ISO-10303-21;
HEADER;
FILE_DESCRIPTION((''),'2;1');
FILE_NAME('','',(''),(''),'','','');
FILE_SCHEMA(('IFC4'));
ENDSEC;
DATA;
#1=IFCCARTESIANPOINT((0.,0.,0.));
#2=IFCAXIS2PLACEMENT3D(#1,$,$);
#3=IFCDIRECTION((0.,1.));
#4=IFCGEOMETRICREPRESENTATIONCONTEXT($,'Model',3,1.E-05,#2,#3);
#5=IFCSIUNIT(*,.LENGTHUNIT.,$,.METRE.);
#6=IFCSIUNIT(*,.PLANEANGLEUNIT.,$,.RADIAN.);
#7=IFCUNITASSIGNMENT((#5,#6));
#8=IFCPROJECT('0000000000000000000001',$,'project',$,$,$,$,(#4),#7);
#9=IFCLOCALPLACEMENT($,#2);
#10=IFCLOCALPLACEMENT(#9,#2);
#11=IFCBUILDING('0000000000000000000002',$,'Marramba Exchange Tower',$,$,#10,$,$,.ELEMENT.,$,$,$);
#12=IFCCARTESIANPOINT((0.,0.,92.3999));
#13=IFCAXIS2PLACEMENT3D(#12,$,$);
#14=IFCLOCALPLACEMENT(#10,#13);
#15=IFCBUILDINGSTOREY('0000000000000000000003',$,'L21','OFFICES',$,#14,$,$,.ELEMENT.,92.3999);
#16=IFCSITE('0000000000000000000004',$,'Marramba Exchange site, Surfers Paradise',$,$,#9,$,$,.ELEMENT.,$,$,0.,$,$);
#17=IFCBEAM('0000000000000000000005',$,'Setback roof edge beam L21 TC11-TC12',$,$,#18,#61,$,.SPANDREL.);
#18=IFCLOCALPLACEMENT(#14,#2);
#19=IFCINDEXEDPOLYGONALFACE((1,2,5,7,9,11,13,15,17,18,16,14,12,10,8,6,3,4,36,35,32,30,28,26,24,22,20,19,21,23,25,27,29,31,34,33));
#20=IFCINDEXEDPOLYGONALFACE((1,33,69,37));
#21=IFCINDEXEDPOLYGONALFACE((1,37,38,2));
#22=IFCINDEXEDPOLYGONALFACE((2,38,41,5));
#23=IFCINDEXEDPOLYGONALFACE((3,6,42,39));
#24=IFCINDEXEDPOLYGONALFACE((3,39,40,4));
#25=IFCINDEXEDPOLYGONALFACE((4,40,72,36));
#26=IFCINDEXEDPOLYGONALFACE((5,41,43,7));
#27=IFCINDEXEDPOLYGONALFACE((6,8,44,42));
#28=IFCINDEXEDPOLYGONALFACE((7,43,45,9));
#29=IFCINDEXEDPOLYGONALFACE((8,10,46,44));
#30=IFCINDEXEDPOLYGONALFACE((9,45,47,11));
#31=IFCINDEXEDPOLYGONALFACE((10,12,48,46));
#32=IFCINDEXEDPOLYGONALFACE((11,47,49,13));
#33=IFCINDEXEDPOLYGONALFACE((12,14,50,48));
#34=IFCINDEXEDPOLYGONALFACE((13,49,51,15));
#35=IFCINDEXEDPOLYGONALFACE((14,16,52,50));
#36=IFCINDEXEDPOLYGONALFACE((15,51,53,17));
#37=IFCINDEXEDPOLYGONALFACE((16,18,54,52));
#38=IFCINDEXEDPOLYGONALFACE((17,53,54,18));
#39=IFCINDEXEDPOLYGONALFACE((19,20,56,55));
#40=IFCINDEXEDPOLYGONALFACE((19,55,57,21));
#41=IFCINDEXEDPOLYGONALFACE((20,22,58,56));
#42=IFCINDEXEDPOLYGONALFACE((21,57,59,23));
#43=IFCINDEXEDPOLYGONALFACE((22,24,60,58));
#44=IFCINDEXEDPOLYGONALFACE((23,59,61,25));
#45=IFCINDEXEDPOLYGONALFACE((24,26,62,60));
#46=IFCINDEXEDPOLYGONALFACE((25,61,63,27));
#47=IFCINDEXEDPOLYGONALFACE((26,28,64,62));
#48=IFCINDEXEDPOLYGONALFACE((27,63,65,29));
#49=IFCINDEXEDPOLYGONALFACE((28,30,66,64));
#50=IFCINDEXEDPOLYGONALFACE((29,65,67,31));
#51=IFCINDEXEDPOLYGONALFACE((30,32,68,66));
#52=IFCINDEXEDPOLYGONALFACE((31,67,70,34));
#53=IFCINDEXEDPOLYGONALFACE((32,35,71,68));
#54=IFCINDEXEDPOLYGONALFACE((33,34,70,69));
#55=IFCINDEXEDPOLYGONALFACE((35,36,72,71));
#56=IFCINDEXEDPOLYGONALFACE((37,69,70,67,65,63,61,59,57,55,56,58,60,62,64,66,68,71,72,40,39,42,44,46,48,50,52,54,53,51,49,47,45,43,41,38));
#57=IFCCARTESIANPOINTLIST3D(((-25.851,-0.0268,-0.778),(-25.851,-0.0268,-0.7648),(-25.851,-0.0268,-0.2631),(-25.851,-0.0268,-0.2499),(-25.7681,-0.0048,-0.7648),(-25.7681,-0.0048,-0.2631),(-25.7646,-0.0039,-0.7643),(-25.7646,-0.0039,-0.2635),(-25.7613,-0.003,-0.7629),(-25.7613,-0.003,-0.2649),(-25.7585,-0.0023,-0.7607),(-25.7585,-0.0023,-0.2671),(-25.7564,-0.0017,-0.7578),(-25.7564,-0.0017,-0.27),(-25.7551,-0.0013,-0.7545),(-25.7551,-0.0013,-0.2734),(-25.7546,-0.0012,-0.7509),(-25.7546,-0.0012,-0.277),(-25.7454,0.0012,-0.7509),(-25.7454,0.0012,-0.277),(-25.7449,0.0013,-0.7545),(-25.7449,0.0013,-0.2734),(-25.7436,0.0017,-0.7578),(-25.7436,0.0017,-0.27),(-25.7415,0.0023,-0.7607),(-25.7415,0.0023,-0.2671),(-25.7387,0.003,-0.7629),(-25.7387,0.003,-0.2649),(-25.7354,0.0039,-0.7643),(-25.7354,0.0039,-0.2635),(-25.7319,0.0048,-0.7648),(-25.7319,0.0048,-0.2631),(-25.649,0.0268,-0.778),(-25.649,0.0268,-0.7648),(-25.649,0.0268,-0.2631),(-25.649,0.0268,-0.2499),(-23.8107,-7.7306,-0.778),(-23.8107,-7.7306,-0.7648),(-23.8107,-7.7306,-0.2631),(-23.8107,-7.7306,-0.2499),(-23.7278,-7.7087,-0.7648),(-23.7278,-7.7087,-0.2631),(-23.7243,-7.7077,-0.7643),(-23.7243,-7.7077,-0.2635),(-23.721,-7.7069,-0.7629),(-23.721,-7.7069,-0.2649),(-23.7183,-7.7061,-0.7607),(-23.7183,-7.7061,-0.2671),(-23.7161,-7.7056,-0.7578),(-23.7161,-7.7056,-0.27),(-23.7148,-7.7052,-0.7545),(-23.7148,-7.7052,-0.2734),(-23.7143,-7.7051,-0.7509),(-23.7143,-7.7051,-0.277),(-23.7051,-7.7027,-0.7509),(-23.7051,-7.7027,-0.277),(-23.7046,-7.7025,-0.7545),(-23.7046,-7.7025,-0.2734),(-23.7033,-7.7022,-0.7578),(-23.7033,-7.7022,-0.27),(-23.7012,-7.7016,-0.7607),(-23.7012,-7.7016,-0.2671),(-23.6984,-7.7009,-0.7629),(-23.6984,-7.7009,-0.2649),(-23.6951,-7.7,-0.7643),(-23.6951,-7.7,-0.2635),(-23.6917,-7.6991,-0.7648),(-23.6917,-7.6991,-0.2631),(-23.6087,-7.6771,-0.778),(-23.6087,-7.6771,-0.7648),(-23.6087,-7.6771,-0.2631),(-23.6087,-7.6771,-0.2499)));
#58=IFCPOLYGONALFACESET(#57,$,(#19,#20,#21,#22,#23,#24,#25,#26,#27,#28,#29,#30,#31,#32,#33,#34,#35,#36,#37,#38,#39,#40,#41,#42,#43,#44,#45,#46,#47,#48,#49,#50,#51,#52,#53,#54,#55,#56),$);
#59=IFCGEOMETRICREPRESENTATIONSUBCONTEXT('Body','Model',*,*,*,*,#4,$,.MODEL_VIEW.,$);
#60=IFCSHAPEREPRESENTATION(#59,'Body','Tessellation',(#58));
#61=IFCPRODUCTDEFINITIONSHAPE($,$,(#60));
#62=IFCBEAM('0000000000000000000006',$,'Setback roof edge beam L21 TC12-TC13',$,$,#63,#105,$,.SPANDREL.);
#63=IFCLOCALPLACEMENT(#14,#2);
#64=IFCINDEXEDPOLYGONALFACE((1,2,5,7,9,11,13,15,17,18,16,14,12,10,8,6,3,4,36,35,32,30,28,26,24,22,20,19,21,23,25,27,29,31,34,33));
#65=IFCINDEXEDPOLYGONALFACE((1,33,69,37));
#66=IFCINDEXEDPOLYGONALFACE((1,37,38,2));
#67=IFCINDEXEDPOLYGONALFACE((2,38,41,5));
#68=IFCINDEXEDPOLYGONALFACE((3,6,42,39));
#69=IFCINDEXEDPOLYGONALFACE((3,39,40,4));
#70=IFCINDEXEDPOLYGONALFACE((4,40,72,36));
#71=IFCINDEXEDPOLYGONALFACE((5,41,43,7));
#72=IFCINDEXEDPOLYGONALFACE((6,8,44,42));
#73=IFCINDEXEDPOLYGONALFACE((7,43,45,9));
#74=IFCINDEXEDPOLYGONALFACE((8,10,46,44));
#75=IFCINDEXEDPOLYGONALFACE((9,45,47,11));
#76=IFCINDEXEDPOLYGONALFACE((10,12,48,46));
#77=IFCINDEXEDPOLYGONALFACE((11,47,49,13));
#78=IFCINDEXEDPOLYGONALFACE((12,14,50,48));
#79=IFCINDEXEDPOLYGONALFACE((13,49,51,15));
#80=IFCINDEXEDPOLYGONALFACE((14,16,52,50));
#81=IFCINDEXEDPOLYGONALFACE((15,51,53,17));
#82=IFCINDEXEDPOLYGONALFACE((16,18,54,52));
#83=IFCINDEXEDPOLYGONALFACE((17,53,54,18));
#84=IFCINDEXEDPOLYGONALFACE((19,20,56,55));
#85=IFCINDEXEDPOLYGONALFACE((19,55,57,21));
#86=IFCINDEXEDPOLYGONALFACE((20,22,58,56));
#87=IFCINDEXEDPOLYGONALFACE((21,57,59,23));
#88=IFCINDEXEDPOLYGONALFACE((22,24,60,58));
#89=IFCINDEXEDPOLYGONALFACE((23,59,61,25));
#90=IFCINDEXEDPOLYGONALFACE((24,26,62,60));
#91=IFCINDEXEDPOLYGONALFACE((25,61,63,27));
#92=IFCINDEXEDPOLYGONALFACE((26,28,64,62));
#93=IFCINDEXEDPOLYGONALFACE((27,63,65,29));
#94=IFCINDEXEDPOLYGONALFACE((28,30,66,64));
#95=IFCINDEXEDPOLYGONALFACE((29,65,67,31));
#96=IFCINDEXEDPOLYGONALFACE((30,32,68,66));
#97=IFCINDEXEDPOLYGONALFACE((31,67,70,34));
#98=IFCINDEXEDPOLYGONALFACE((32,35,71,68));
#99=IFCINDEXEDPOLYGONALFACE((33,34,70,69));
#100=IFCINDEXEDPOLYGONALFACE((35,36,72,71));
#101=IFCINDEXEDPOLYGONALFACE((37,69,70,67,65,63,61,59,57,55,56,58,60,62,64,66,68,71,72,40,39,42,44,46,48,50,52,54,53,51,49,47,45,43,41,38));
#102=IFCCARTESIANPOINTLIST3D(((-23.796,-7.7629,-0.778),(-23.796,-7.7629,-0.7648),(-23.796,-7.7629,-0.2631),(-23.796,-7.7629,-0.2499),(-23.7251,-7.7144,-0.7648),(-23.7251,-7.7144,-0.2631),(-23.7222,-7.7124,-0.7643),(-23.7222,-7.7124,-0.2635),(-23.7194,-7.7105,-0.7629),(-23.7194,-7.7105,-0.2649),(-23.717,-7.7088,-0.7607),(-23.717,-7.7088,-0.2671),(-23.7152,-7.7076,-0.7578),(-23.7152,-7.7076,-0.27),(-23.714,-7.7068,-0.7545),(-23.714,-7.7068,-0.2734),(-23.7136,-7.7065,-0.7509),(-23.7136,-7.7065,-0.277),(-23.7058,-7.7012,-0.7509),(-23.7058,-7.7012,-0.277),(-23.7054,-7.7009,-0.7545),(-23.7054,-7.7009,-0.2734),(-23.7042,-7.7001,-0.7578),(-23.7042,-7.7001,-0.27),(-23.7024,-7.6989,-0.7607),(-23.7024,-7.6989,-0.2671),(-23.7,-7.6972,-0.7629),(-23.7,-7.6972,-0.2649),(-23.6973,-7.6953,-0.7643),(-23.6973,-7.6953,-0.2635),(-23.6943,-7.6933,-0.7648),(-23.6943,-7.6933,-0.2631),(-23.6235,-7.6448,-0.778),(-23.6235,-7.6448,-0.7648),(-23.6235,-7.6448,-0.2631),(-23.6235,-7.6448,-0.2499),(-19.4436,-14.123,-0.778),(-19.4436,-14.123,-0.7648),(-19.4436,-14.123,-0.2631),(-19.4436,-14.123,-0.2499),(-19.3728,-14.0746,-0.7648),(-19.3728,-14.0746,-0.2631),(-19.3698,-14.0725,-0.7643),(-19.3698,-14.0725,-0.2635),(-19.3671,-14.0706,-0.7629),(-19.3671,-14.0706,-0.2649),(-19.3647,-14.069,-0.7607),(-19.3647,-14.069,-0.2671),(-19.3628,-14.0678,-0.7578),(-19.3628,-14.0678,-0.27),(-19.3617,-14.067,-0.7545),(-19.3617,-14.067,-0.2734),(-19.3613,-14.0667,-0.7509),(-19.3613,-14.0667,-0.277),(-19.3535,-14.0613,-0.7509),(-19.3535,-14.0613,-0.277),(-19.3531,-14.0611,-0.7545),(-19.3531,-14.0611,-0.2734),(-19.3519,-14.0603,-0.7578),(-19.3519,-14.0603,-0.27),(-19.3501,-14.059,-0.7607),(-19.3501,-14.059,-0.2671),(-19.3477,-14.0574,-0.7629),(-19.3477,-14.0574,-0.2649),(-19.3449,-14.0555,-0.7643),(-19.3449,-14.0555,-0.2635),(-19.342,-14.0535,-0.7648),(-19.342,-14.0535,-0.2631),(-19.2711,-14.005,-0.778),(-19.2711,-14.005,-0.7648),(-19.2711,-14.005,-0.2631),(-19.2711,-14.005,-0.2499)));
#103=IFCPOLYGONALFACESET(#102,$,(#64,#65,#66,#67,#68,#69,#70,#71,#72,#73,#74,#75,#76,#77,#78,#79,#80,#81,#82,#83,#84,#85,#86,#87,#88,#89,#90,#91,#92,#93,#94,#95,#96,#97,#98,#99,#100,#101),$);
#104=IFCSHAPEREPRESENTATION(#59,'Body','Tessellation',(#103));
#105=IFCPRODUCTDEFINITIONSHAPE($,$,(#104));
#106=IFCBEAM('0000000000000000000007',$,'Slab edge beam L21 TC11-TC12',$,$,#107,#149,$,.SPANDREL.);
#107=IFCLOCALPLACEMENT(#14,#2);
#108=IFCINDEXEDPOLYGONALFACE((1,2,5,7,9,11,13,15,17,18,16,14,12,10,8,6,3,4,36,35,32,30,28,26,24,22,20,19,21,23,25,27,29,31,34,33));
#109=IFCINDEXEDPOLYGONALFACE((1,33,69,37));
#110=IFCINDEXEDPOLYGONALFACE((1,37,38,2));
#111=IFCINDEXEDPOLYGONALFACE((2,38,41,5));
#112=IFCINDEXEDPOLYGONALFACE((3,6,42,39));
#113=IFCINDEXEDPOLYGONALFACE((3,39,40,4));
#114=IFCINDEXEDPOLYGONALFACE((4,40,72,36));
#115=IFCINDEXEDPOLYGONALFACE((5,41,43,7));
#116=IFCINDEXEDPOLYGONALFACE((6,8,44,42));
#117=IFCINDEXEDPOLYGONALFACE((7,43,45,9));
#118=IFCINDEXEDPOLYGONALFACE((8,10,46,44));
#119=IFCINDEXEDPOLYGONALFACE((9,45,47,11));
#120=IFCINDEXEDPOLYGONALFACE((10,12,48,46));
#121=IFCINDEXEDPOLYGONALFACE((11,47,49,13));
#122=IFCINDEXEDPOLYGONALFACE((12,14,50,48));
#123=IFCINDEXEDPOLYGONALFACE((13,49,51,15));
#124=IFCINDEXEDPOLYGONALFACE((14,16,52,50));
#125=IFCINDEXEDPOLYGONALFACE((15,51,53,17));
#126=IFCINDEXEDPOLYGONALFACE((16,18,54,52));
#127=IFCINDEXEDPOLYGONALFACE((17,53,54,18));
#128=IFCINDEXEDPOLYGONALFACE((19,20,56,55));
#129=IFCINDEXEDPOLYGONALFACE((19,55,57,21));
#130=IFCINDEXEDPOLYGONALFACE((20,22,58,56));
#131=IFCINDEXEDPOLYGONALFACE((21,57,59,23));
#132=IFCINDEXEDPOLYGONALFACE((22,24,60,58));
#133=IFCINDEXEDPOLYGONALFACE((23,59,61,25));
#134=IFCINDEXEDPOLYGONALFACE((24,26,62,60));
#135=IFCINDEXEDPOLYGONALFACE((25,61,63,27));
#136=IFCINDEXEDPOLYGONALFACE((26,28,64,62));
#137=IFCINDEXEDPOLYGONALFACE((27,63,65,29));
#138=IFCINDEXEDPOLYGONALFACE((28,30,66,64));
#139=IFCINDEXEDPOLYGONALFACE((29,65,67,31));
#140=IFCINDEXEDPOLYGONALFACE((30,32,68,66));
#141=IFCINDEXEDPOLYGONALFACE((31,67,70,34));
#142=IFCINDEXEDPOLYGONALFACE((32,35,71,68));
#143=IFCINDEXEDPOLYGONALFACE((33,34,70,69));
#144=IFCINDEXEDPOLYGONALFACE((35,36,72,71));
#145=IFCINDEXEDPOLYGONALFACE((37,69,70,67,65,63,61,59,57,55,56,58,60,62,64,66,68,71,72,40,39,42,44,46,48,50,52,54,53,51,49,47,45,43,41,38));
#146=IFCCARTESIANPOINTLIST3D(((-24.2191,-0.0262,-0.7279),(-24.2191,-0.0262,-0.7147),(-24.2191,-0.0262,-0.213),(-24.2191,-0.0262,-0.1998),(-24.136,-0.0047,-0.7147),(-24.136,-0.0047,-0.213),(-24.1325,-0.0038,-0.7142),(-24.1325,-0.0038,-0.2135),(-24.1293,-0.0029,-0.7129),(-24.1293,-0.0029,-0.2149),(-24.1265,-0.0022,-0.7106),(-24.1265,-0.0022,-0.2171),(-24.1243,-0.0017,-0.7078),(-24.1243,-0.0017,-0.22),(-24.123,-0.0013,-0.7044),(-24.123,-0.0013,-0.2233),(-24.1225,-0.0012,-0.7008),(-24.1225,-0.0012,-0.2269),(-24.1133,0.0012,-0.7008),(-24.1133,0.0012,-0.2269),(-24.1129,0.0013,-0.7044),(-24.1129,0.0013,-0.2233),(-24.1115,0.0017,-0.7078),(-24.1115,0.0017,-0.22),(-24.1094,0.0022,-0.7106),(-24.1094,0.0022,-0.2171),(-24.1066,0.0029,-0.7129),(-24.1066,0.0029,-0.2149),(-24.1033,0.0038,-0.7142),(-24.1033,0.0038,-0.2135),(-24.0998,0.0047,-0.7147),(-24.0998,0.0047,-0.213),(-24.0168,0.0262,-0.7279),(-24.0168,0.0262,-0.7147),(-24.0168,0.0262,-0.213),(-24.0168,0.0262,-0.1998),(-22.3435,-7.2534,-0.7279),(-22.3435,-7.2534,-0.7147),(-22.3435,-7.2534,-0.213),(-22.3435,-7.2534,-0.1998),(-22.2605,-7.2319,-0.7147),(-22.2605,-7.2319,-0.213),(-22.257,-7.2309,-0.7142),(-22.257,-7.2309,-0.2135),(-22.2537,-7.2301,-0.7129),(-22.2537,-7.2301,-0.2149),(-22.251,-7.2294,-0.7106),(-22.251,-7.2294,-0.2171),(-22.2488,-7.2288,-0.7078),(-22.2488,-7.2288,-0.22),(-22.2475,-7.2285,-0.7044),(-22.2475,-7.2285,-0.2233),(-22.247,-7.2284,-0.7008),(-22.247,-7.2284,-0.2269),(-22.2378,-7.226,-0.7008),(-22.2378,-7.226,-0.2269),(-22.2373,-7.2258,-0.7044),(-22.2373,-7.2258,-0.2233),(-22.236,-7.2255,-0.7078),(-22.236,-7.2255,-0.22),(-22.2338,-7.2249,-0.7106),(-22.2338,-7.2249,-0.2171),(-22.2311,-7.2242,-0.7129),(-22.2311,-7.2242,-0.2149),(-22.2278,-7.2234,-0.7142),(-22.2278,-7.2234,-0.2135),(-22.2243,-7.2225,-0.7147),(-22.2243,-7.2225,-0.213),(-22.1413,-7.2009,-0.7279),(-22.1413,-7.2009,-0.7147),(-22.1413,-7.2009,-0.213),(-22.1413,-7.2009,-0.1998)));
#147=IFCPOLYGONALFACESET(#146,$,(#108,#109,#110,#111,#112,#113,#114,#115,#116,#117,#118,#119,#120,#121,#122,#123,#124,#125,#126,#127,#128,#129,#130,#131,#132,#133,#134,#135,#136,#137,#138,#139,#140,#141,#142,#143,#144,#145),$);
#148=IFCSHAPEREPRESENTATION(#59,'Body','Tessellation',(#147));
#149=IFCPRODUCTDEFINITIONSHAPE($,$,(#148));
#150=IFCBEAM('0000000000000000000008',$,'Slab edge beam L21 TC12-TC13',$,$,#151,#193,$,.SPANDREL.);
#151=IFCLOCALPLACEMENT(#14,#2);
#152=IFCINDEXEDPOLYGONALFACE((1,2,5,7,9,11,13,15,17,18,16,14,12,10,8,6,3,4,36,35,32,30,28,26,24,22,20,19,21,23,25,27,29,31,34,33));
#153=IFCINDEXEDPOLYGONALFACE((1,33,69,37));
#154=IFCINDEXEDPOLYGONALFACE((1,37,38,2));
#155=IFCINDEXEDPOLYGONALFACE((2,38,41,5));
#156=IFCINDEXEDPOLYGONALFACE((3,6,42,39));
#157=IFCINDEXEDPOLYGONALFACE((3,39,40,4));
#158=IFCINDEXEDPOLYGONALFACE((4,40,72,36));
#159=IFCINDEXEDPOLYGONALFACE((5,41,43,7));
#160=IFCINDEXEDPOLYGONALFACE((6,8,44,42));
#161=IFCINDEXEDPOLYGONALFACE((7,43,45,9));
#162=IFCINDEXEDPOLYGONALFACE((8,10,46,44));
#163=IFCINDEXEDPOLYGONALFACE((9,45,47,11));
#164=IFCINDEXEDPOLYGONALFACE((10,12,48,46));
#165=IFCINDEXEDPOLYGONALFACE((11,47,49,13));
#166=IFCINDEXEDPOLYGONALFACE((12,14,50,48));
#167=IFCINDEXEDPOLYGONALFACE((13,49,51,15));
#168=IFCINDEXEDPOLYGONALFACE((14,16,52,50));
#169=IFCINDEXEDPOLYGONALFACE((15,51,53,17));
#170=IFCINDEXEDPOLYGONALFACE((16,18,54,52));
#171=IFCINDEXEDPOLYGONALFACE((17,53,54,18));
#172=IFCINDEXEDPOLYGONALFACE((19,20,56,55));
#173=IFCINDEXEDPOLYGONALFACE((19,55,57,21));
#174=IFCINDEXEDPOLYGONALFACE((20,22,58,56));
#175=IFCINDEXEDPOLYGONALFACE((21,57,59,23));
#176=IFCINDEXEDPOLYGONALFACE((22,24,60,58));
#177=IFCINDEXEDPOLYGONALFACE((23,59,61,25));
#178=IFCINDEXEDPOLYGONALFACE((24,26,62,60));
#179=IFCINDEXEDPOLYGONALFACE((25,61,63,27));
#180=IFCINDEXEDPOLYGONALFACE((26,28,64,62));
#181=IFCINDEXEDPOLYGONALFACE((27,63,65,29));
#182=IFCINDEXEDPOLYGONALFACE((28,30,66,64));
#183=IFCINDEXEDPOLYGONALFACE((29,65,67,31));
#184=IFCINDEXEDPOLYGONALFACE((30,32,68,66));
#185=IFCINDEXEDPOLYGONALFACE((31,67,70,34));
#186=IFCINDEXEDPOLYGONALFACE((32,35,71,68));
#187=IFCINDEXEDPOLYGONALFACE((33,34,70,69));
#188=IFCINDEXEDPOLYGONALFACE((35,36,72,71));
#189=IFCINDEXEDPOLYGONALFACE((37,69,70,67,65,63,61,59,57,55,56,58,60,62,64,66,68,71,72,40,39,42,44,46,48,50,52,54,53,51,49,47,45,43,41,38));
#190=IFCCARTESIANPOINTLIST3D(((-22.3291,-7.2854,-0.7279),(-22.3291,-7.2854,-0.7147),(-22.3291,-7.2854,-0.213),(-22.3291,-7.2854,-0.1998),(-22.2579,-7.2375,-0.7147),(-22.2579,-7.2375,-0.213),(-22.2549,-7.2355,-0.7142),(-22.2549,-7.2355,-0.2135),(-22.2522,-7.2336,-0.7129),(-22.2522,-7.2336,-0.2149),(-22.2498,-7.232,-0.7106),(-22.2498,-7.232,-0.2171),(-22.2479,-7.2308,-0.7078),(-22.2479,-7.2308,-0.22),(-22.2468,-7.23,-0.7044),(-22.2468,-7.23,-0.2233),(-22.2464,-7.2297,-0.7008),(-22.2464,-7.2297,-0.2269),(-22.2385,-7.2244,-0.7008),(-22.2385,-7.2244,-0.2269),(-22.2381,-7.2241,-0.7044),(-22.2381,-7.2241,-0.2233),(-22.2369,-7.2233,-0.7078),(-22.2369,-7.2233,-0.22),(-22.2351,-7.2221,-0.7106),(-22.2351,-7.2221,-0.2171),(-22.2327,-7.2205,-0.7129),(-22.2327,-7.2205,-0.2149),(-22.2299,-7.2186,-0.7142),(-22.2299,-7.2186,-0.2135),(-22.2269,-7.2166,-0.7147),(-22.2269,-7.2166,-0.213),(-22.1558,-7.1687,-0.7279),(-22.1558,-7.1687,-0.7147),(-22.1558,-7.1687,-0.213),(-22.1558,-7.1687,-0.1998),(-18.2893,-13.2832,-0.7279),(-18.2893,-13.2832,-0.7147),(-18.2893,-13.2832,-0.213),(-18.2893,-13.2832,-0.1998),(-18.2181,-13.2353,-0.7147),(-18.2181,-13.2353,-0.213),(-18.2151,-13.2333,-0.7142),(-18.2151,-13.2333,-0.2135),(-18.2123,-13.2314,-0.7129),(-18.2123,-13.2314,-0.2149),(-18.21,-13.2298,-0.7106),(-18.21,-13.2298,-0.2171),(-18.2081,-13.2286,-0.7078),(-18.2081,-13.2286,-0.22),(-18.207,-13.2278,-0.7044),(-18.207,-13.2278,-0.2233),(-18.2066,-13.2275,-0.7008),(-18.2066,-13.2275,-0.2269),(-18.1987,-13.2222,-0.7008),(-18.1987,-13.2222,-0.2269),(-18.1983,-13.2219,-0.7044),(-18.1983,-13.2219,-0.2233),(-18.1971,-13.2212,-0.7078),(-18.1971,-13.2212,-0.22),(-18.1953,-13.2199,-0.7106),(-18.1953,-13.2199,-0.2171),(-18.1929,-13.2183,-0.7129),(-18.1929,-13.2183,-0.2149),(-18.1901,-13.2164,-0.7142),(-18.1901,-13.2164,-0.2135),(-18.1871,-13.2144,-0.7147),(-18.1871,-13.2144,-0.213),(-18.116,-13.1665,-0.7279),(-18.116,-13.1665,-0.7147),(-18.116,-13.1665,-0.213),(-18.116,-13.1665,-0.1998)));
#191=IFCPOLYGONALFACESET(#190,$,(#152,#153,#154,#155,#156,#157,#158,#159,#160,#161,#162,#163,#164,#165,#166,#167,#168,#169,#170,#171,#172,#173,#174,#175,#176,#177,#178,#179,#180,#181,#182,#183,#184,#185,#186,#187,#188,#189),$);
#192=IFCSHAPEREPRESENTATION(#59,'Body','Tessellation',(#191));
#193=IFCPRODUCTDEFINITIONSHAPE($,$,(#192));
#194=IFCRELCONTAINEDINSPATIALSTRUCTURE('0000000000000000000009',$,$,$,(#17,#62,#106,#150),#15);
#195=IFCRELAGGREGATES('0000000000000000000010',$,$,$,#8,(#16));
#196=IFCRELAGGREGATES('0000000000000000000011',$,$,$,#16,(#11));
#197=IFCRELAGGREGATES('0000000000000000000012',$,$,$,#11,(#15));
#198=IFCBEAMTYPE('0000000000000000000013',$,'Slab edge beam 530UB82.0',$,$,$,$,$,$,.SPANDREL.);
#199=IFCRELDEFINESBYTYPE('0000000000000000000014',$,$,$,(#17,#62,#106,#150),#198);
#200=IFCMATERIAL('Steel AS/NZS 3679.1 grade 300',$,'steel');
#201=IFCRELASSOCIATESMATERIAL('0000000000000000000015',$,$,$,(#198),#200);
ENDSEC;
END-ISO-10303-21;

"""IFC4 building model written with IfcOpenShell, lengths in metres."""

from ifc_helpers import new_model, si_unit, direction, frame, origin, origin_2d, place, context, subcontext, project, spatial, i_section, extrude, material, material_profile, profile_set, type_object, element, save


model = new_model("IFC4")

# Units and contexts
model_context = context("Model", 3, precision=1e-05, world=origin(), true_north=direction((0.0, 1.0)))
body_context = subcontext(model_context, "Body", "Model", "MODEL_VIEW")
ifc_project = project(units=[si_unit("LENGTHUNIT", "METRE"), si_unit("PLANEANGLEUNIT", "RADIAN")], contexts=[model_context])

# Site, building, storey
site_placement = place(None, origin())
site = spatial("IfcSite", under=ifc_project, at=site_placement, Name="Marramba Exchange site, Surfers Paradise", CompositionType="ELEMENT", RefElevation=0.0)
building_placement = place(site_placement, origin())
building = spatial("IfcBuilding", under=site, at=building_placement, Name="Marramba Exchange Tower", CompositionType="ELEMENT")
storey_placement = place(building_placement, frame((0.0, 0.0, 92.3999)))
storey = spatial("IfcBuildingStorey", under=building, at=storey_placement, Name="L21", Description="OFFICES", CompositionType="ELEMENT", Elevation=92.3999)

# Shared definitions
ifc_material_1 = material(Name="Steel AS/NZS 3679.1 grade 300", Category="steel")

# Beams
ifc_material_profile_1 = material_profile(ifc_material_1, i_section(OverallWidth=0.209, OverallDepth=0.5281, WebThickness=0.0095, FlangeThickness=0.0132, FilletRadius=0.0139, at=origin_2d()), Name="530UB82.0")
ifc_profile_set_1 = profile_set([ifc_material_profile_1], Name="Steel AS/NZS 3679.1 grade 300")
beam_type_1 = type_object("IfcBeamType", Name="Slab edge beam 530UB82.0", PredefinedType="SPANDREL", material=ifc_profile_set_1)
beam_1_placement = place(storey_placement, frame((-25.75, 0.0, -0.5139), z_axis=(0.256013, -0.966673, 0.0), x_axis=(0.966673, 0.256013, 0.0)))
element("IfcBeam", 1, at=beam_1_placement, inside=storey, type_object=beam_type_1, Name="Setback roof edge beam L21 TC11-TC12", PredefinedType="SPANDREL", context=body_context, shape_type="SweptSolid", body=[
    extrude(i_section(OverallWidth=0.209, OverallDepth=0.5281, WebThickness=0.0095, FlangeThickness=0.0132, FilletRadius=0.0139, at=origin_2d()), origin(), (0.0, 0.0, 1.0), 7.9695),
])
beam_2_placement = place(storey_placement, frame((-23.7097, -7.7039, -0.5139), z_axis=(0.564741, -0.825268, 0.0), x_axis=(0.825268, 0.564741, 0.0)))
element("IfcBeam", 2, at=beam_2_placement, inside=storey, type_object=beam_type_1, Name="Setback roof edge beam L21 TC12-TC13", PredefinedType="SPANDREL", context=body_context, shape_type="SweptSolid", body=[
    extrude(i_section(OverallWidth=0.209, OverallDepth=0.5281, WebThickness=0.0095, FlangeThickness=0.0132, FilletRadius=0.0139, at=origin_2d()), origin(), (0.0, 0.0, 1.0), 7.7068),
])
beam_3_placement = place(storey_placement, frame((-24.1179, 0.0, -0.4639), z_axis=(0.251189, -0.967938, 0.0), x_axis=(0.967938, 0.251189, 0.0)))
element("IfcBeam", 3, at=beam_3_placement, inside=storey, type_object=beam_type_1, Name="Slab edge beam L21 TC11-TC12", PredefinedType="SPANDREL", context=body_context, shape_type="SweptSolid", body=[
    extrude(i_section(OverallWidth=0.209, OverallDepth=0.5281, WebThickness=0.0095, FlangeThickness=0.0132, FilletRadius=0.0139, at=origin_2d()), origin(), (0.0, 0.0, 1.0), 7.4666),
])
beam_4_placement = place(storey_placement, frame((-22.2424, -7.2271, -0.4639), z_axis=(0.558644, -0.829408, 0.0), x_axis=(0.829408, 0.558644, 0.0)))
element("IfcBeam", 4, at=beam_4_placement, inside=storey, type_object=beam_type_1, Name="Slab edge beam L21 TC12-TC13", PredefinedType="SPANDREL", context=body_context, shape_type="SweptSolid", body=[
    extrude(i_section(OverallWidth=0.209, OverallDepth=0.5281, WebThickness=0.0095, FlangeThickness=0.0132, FilletRadius=0.0139, at=origin_2d()), origin(), (0.0, 0.0, 1.0), 7.2314),
])

save(model, "model.ifc")
